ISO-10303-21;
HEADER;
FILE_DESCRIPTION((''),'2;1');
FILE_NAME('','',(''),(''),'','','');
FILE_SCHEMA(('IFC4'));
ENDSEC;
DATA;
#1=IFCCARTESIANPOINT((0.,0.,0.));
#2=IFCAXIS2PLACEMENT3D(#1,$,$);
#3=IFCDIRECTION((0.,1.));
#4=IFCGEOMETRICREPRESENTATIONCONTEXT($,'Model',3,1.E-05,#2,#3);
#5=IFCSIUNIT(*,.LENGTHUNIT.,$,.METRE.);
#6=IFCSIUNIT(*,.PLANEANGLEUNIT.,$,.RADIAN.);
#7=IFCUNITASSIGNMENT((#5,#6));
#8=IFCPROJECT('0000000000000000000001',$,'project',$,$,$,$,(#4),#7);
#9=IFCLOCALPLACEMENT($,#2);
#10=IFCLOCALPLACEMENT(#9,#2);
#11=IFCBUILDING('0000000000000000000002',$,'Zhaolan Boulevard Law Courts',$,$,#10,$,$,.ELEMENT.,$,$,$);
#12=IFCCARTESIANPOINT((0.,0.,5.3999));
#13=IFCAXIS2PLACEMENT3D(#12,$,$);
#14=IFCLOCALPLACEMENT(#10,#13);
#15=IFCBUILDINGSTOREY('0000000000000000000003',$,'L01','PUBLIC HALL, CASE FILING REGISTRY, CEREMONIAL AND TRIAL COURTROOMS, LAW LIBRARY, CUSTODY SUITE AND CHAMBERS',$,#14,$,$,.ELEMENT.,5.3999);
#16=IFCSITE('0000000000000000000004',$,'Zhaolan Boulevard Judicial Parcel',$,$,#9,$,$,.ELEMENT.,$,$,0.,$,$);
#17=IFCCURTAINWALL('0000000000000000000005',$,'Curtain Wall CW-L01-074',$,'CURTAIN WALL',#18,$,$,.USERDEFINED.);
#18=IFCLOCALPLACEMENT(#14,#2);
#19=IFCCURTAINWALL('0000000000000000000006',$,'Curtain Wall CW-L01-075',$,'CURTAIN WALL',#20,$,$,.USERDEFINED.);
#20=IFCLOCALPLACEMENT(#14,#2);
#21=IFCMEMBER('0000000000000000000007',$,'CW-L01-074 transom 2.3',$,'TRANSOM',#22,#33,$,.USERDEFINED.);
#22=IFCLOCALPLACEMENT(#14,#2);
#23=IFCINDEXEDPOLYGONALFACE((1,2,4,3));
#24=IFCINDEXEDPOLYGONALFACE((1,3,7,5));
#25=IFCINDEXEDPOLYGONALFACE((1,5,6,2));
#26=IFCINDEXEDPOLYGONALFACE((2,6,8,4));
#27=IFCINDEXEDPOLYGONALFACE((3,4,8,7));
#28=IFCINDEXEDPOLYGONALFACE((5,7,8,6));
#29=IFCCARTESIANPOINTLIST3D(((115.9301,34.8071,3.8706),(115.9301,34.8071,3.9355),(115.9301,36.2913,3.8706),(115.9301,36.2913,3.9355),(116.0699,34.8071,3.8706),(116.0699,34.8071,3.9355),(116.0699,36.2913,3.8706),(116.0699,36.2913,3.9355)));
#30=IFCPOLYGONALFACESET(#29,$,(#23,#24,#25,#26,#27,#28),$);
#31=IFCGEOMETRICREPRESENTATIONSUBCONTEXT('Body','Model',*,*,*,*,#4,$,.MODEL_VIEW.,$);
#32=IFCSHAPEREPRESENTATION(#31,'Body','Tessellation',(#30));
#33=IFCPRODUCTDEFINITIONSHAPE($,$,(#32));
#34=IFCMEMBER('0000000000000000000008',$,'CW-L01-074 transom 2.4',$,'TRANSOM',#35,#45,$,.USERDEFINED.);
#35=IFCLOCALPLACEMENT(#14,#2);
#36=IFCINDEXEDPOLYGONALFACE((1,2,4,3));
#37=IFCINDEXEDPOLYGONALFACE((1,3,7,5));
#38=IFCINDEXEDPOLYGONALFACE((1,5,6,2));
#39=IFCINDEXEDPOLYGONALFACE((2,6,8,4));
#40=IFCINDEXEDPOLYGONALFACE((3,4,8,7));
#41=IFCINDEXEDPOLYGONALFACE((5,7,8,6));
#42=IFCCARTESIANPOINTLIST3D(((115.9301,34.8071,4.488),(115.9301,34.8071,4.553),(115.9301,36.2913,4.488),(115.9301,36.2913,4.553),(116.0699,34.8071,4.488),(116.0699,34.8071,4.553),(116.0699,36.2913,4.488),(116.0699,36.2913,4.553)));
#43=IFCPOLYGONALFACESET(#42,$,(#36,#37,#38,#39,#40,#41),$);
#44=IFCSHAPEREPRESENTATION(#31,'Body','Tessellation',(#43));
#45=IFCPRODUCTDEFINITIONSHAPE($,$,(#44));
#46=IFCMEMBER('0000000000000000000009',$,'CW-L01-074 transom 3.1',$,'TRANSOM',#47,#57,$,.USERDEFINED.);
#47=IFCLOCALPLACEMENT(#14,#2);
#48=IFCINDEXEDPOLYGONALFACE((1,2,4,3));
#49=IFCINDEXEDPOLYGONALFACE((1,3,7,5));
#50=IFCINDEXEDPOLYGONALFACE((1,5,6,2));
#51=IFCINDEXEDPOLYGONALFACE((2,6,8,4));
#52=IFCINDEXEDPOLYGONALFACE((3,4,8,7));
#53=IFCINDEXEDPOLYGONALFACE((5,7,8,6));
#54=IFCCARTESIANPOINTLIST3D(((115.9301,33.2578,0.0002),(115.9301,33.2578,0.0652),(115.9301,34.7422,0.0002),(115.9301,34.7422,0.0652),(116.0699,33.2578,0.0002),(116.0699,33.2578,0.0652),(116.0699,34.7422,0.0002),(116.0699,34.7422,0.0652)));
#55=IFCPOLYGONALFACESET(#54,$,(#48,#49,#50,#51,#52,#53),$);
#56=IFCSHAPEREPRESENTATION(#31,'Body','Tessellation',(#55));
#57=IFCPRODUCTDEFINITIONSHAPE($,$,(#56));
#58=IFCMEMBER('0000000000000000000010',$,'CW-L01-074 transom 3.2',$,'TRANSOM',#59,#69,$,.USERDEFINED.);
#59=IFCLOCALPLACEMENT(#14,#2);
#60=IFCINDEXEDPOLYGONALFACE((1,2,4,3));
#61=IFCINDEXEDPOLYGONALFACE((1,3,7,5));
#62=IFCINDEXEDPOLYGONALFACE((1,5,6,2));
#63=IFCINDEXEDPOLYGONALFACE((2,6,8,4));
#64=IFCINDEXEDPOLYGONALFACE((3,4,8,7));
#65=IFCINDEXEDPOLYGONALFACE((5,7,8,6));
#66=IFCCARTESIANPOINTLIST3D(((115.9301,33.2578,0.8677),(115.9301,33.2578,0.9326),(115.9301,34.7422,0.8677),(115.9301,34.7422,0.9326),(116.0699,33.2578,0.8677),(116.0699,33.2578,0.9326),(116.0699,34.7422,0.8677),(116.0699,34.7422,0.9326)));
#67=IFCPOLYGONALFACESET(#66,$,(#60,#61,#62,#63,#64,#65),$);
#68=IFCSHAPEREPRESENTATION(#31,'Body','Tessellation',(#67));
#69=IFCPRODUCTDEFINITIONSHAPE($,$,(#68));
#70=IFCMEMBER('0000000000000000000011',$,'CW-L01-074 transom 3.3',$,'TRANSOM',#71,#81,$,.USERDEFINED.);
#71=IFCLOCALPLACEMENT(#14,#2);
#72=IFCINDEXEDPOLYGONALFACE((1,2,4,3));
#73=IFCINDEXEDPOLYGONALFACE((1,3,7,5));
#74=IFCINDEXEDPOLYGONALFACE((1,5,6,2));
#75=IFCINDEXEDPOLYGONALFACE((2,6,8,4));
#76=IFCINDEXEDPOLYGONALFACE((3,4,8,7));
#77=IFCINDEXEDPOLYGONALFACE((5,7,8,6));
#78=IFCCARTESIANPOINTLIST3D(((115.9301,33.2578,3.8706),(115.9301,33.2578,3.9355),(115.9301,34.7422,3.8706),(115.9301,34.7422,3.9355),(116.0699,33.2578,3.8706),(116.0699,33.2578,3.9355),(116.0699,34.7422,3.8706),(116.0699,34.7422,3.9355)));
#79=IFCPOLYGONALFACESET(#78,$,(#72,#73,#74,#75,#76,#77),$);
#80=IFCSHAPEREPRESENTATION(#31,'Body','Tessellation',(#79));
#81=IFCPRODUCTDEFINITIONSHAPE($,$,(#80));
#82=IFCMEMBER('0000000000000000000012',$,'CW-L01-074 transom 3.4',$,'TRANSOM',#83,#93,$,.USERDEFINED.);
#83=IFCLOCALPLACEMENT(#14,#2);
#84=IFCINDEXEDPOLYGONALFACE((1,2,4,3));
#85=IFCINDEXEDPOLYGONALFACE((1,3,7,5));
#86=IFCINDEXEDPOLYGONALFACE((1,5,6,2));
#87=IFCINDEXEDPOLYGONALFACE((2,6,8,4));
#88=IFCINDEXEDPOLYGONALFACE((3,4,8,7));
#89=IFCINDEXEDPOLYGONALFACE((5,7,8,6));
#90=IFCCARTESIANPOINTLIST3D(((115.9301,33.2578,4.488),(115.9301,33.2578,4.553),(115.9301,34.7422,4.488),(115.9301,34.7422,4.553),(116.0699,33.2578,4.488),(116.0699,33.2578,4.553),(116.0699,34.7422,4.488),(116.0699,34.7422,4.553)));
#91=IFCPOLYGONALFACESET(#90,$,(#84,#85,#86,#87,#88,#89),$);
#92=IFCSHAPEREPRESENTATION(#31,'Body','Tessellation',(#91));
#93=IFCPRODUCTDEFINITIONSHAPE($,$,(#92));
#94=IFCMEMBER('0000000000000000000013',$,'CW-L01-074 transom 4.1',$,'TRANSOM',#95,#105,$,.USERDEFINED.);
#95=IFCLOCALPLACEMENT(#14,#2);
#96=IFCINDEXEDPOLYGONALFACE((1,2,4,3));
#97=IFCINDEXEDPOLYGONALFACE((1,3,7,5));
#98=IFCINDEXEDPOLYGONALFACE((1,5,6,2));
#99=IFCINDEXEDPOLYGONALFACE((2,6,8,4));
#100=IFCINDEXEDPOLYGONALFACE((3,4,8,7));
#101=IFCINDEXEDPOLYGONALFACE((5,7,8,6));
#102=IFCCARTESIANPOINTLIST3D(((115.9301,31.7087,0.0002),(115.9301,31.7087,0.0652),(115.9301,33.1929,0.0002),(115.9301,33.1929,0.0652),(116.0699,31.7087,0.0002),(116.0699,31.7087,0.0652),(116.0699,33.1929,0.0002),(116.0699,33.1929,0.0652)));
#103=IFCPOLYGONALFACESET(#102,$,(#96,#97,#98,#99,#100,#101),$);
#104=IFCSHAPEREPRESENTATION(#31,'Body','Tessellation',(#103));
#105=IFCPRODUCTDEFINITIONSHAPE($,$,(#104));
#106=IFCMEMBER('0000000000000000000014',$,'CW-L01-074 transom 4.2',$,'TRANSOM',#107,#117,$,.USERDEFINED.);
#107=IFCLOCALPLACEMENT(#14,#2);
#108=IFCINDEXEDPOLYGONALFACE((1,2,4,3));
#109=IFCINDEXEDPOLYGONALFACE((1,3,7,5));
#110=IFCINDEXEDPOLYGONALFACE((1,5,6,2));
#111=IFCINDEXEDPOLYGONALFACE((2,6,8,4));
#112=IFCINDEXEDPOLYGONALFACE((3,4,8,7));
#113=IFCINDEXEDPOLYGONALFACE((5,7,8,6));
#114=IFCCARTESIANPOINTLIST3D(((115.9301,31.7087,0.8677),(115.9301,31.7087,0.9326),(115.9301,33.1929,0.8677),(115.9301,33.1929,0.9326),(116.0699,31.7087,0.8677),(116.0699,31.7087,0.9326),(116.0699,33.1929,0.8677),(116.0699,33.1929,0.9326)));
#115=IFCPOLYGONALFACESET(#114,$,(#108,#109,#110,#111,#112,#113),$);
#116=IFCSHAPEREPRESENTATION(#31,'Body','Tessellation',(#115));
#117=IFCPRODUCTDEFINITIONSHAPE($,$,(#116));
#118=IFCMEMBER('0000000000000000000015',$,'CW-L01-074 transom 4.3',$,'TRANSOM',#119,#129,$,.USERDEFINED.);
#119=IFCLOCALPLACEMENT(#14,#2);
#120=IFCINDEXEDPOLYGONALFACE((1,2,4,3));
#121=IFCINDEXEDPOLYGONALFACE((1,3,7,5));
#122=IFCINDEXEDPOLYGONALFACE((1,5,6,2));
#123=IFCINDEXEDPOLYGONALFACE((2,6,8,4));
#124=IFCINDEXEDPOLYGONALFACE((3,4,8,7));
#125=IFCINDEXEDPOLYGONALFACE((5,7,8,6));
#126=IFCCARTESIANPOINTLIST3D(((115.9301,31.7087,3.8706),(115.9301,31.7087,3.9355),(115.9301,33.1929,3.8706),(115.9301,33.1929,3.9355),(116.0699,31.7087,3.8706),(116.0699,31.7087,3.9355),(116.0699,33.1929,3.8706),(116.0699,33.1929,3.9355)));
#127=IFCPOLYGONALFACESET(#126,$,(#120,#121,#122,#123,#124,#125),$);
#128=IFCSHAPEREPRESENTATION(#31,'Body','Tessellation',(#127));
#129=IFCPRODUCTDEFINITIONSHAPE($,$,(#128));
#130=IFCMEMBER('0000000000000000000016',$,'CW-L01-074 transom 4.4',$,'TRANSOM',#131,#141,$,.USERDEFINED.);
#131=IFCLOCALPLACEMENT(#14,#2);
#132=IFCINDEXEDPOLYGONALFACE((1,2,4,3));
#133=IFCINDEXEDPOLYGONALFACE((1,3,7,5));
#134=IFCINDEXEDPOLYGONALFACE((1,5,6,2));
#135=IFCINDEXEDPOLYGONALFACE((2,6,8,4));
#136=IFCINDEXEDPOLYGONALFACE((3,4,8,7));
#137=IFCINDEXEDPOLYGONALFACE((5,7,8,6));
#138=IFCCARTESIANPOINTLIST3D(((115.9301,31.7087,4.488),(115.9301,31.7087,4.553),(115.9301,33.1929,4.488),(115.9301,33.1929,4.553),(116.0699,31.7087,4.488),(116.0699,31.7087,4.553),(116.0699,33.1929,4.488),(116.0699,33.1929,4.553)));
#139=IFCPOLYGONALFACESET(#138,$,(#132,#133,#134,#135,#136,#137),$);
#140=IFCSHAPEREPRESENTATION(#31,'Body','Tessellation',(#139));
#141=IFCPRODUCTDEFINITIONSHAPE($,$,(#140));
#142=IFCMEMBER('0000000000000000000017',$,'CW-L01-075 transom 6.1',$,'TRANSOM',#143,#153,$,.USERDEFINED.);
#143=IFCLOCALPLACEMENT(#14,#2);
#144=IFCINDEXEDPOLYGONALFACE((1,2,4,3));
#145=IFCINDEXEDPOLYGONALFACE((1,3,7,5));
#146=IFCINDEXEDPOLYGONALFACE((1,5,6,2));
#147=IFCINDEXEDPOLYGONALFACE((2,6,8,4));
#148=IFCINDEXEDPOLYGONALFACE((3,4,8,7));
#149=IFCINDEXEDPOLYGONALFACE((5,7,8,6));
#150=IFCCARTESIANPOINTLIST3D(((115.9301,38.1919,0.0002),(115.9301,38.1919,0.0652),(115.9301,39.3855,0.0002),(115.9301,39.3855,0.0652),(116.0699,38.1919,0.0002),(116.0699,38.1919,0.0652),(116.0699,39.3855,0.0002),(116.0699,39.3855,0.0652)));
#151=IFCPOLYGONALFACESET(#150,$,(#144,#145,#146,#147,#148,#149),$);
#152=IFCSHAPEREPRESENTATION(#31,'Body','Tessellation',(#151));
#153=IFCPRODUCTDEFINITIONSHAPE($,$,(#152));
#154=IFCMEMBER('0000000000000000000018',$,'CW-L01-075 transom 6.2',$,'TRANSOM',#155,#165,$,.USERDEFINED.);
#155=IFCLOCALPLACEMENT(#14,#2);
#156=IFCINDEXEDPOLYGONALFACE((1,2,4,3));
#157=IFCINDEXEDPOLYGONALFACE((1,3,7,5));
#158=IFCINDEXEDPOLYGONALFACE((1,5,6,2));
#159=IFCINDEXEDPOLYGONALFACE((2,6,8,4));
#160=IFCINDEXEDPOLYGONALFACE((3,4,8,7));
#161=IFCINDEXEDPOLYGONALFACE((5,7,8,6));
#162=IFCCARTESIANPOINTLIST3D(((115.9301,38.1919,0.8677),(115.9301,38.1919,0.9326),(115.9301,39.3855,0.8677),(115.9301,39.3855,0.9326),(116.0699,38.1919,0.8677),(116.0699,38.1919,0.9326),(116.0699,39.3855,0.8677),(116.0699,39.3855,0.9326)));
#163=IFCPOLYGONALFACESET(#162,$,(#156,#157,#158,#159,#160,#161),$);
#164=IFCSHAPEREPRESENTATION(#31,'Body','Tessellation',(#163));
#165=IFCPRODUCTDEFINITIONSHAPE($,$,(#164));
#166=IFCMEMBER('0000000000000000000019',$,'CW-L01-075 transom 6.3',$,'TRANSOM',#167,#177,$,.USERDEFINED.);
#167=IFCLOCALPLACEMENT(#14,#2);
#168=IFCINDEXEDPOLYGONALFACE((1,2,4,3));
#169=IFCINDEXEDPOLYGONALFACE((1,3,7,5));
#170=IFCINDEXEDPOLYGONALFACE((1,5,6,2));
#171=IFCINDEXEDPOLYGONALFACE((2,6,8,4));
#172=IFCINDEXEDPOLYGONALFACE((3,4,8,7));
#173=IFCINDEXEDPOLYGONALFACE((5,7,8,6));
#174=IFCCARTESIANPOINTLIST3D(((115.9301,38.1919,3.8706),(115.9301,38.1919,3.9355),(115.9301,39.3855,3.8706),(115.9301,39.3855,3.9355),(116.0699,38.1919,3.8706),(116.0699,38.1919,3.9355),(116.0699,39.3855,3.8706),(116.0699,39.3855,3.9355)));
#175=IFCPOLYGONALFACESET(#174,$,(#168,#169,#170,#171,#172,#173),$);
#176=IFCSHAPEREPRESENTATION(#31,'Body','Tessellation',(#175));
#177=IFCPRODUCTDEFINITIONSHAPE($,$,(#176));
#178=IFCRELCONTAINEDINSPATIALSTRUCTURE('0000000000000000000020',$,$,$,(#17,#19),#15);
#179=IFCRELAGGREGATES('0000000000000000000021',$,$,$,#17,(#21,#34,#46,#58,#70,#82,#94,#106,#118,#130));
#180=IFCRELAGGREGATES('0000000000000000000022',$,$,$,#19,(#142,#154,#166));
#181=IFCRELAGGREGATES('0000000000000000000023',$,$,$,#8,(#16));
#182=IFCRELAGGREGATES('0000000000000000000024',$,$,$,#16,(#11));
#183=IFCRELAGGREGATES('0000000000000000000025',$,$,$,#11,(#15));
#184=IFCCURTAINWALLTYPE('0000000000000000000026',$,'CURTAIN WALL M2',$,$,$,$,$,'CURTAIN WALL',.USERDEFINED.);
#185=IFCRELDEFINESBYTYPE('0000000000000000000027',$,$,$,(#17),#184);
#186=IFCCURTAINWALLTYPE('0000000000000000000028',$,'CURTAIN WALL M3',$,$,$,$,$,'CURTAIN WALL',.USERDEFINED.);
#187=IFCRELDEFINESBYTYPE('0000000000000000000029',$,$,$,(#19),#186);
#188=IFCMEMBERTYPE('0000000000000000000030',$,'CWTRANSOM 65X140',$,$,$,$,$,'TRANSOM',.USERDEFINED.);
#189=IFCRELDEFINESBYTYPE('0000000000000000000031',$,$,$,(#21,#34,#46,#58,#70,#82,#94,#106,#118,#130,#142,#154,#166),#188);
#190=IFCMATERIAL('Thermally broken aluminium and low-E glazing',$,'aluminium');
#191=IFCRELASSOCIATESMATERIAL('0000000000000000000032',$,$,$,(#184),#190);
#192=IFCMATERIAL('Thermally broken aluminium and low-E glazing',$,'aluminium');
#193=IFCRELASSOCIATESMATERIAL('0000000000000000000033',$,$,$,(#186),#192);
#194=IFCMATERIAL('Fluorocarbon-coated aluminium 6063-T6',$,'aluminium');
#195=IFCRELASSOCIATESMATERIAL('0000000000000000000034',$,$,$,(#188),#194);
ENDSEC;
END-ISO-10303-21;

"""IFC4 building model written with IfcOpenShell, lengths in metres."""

from ifc_helpers import new_model, si_unit, direction, frame, origin, origin_2d, place, context, subcontext, project, spatial, rectangle, extrude, material, material_profile, profile_set, type_object, element, aggregate, save


model = new_model("IFC4")

# Units and contexts
model_context = context("Model", 3, precision=1e-05, world=origin(), true_north=direction((0.0, 1.0)))
body_context = subcontext(model_context, "Body", "Model", "MODEL_VIEW")
ifc_project = project(units=[si_unit("LENGTHUNIT", "METRE"), si_unit("PLANEANGLEUNIT", "RADIAN")], contexts=[model_context])

# Site, building, storey
site_placement = place(None, origin())
site = spatial("IfcSite", under=ifc_project, at=site_placement, Name="Zhaolan Boulevard Judicial Parcel", CompositionType="ELEMENT", RefElevation=0.0)
building_placement = place(site_placement, origin())
building = spatial("IfcBuilding", under=site, at=building_placement, Name="Zhaolan Boulevard Law Courts", CompositionType="ELEMENT")
storey_placement = place(building_placement, frame((0.0, 0.0, 5.3999)))
storey = spatial("IfcBuildingStorey", under=building, at=storey_placement, Name="L01", Description="PUBLIC HALL, CASE FILING REGISTRY, CEREMONIAL AND TRIAL COURTROOMS, LAW LIBRARY, CUSTODY SUITE AND CHAMBERS", CompositionType="ELEMENT", Elevation=5.3999)

# Curtain wall
ifc_material_1 = material(Name="Thermally broken aluminium and low-E glazing", Category="aluminium")
curtain_wall_type_1 = type_object("IfcCurtainWallType", Name="CURTAIN WALL M2", ElementType="CURTAIN WALL", PredefinedType="USERDEFINED", material=ifc_material_1)
curtain_wall_1_placement = place(storey_placement, origin())
curtain_wall_1 = element("IfcCurtainWall", 1, at=curtain_wall_1_placement, inside=storey, type_object=curtain_wall_type_1, Name="Curtain Wall CW-L01-074", ObjectType="CURTAIN WALL", PredefinedType="USERDEFINED")

# Curtain wall
ifc_material_2 = material(Name="Thermally broken aluminium and low-E glazing", Category="aluminium")
curtain_wall_type_2 = type_object("IfcCurtainWallType", Name="CURTAIN WALL M3", ElementType="CURTAIN WALL", PredefinedType="USERDEFINED", material=ifc_material_2)
curtain_wall_2_placement = place(storey_placement, origin())
curtain_wall_2 = element("IfcCurtainWall", 2, at=curtain_wall_2_placement, inside=storey, type_object=curtain_wall_type_2, Name="Curtain Wall CW-L01-075", ObjectType="CURTAIN WALL", PredefinedType="USERDEFINED")

# Members
ifc_material_3 = material(Name="Fluorocarbon-coated aluminium 6063-T6", Category="aluminium")
ifc_material_profile_1 = material_profile(ifc_material_3, rectangle(XDim=0.1399, YDim=0.0649, at=origin_2d()), Name="AL65x140")
ifc_profile_set_1 = profile_set([ifc_material_profile_1], Name="Fluorocarbon-coated aluminium 6063-T6")
member_type_1 = type_object("IfcMemberType", Name="CWTRANSOM 65X140", ElementType="TRANSOM", PredefinedType="USERDEFINED", material=ifc_profile_set_1)
member_1_placement = place(storey_placement, frame((116.0, 36.2913, 3.9031), z_axis=(0.0, -1.0, 0.0), x_axis=(1.0, 0.0, 0.0)))
member_1 = element("IfcMember", 3, at=member_1_placement, type_object=member_type_1, Name="CW-L01-074 transom 2.3", ObjectType="TRANSOM", PredefinedType="USERDEFINED", context=body_context, shape_type="SweptSolid", body=[
    extrude(rectangle(XDim=0.1399, YDim=0.0649, at=origin_2d()), origin(), (0.0, 0.0, 1.0), 1.4841),
])
member_2_placement = place(storey_placement, frame((116.0, 36.2913, 4.5205), z_axis=(0.0, -1.0, 0.0), x_axis=(1.0, 0.0, 0.0)))
member_2 = element("IfcMember", 4, at=member_2_placement, type_object=member_type_1, Name="CW-L01-074 transom 2.4", ObjectType="TRANSOM", PredefinedType="USERDEFINED", context=body_context, shape_type="SweptSolid", body=[
    extrude(rectangle(XDim=0.1399, YDim=0.0649, at=origin_2d()), origin(), (0.0, 0.0, 1.0), 1.4841),
])
member_3_placement = place(storey_placement, frame((116.0, 34.7422, 0.0327), z_axis=(0.0, -1.0, 0.0), x_axis=(1.0, 0.0, 0.0)))
member_3 = element("IfcMember", 5, at=member_3_placement, type_object=member_type_1, Name="CW-L01-074 transom 3.1", ObjectType="TRANSOM", PredefinedType="USERDEFINED", context=body_context, shape_type="SweptSolid", body=[
    extrude(rectangle(XDim=0.1399, YDim=0.0649, at=origin_2d()), origin(), (0.0, 0.0, 1.0), 1.4844),
])
member_4_placement = place(storey_placement, frame((116.0, 34.7422, 0.9001), z_axis=(0.0, -1.0, 0.0), x_axis=(1.0, 0.0, 0.0)))
member_4 = element("IfcMember", 6, at=member_4_placement, type_object=member_type_1, Name="CW-L01-074 transom 3.2", ObjectType="TRANSOM", PredefinedType="USERDEFINED", context=body_context, shape_type="SweptSolid", body=[
    extrude(rectangle(XDim=0.1399, YDim=0.0649, at=origin_2d()), origin(), (0.0, 0.0, 1.0), 1.4844),
])
member_5_placement = place(storey_placement, frame((116.0, 34.7422, 3.9031), z_axis=(0.0, -1.0, 0.0), x_axis=(1.0, 0.0, 0.0)))
member_5 = element("IfcMember", 7, at=member_5_placement, type_object=member_type_1, Name="CW-L01-074 transom 3.3", ObjectType="TRANSOM", PredefinedType="USERDEFINED", context=body_context, shape_type="SweptSolid", body=[
    extrude(rectangle(XDim=0.1399, YDim=0.0649, at=origin_2d()), origin(), (0.0, 0.0, 1.0), 1.4844),
])
member_6_placement = place(storey_placement, frame((116.0, 34.7422, 4.5205), z_axis=(0.0, -1.0, 0.0), x_axis=(1.0, 0.0, 0.0)))
member_6 = element("IfcMember", 8, at=member_6_placement, type_object=member_type_1, Name="CW-L01-074 transom 3.4", ObjectType="TRANSOM", PredefinedType="USERDEFINED", context=body_context, shape_type="SweptSolid", body=[
    extrude(rectangle(XDim=0.1399, YDim=0.0649, at=origin_2d()), origin(), (0.0, 0.0, 1.0), 1.4844),
])
member_7_placement = place(storey_placement, frame((116.0, 33.1929, 0.0327), z_axis=(0.0, -1.0, 0.0), x_axis=(1.0, 0.0, 0.0)))
member_7 = element("IfcMember", 9, at=member_7_placement, type_object=member_type_1, Name="CW-L01-074 transom 4.1", ObjectType="TRANSOM", PredefinedType="USERDEFINED", context=body_context, shape_type="SweptSolid", body=[
    extrude(rectangle(XDim=0.1399, YDim=0.0649, at=origin_2d()), origin(), (0.0, 0.0, 1.0), 1.4841),
])
member_8_placement = place(storey_placement, frame((116.0, 33.1929, 0.9001), z_axis=(0.0, -1.0, 0.0), x_axis=(1.0, 0.0, 0.0)))
member_8 = element("IfcMember", 10, at=member_8_placement, type_object=member_type_1, Name="CW-L01-074 transom 4.2", ObjectType="TRANSOM", PredefinedType="USERDEFINED", context=body_context, shape_type="SweptSolid", body=[
    extrude(rectangle(XDim=0.1399, YDim=0.0649, at=origin_2d()), origin(), (0.0, 0.0, 1.0), 1.4841),
])
member_9_placement = place(storey_placement, frame((116.0, 33.1929, 3.9031), z_axis=(0.0, -1.0, 0.0), x_axis=(1.0, 0.0, 0.0)))
member_9 = element("IfcMember", 11, at=member_9_placement, type_object=member_type_1, Name="CW-L01-074 transom 4.3", ObjectType="TRANSOM", PredefinedType="USERDEFINED", context=body_context, shape_type="SweptSolid", body=[
    extrude(rectangle(XDim=0.1399, YDim=0.0649, at=origin_2d()), origin(), (0.0, 0.0, 1.0), 1.4841),
])
member_10_placement = place(storey_placement, frame((116.0, 33.1929, 4.5205), z_axis=(0.0, -1.0, 0.0), x_axis=(1.0, 0.0, 0.0)))
member_10 = element("IfcMember", 12, at=member_10_placement, type_object=member_type_1, Name="CW-L01-074 transom 4.4", ObjectType="TRANSOM", PredefinedType="USERDEFINED", context=body_context, shape_type="SweptSolid", body=[
    extrude(rectangle(XDim=0.1399, YDim=0.0649, at=origin_2d()), origin(), (0.0, 0.0, 1.0), 1.4841),
])
member_11_placement = place(storey_placement, frame((116.0, 39.3855, 0.0327), z_axis=(0.0, -1.0, 0.0), x_axis=(1.0, 0.0, 0.0)))
member_11 = element("IfcMember", 13, at=member_11_placement, type_object=member_type_1, Name="CW-L01-075 transom 6.1", ObjectType="TRANSOM", PredefinedType="USERDEFINED", context=body_context, shape_type="SweptSolid", body=[
    extrude(rectangle(XDim=0.1399, YDim=0.0649, at=origin_2d()), origin(), (0.0, 0.0, 1.0), 1.1936),
])
member_12_placement = place(storey_placement, frame((116.0, 39.3855, 0.9001), z_axis=(0.0, -1.0, 0.0), x_axis=(1.0, 0.0, 0.0)))
member_12 = element("IfcMember", 14, at=member_12_placement, type_object=member_type_1, Name="CW-L01-075 transom 6.2", ObjectType="TRANSOM", PredefinedType="USERDEFINED", context=body_context, shape_type="SweptSolid", body=[
    extrude(rectangle(XDim=0.1399, YDim=0.0649, at=origin_2d()), origin(), (0.0, 0.0, 1.0), 1.1936),
])
member_13_placement = place(storey_placement, frame((116.0, 39.3855, 3.9031), z_axis=(0.0, -1.0, 0.0), x_axis=(1.0, 0.0, 0.0)))
member_13 = element("IfcMember", 15, at=member_13_placement, type_object=member_type_1, Name="CW-L01-075 transom 6.3", ObjectType="TRANSOM", PredefinedType="USERDEFINED", context=body_context, shape_type="SweptSolid", body=[
    extrude(rectangle(XDim=0.1399, YDim=0.0649, at=origin_2d()), origin(), (0.0, 0.0, 1.0), 1.1936),
])

aggregate(curtain_wall_1, [member_1, member_2, member_3, member_4, member_5, member_6, member_7, member_8, member_9, member_10])
aggregate(curtain_wall_2, [member_11, member_12, member_13])

save(model, "model.ifc")
